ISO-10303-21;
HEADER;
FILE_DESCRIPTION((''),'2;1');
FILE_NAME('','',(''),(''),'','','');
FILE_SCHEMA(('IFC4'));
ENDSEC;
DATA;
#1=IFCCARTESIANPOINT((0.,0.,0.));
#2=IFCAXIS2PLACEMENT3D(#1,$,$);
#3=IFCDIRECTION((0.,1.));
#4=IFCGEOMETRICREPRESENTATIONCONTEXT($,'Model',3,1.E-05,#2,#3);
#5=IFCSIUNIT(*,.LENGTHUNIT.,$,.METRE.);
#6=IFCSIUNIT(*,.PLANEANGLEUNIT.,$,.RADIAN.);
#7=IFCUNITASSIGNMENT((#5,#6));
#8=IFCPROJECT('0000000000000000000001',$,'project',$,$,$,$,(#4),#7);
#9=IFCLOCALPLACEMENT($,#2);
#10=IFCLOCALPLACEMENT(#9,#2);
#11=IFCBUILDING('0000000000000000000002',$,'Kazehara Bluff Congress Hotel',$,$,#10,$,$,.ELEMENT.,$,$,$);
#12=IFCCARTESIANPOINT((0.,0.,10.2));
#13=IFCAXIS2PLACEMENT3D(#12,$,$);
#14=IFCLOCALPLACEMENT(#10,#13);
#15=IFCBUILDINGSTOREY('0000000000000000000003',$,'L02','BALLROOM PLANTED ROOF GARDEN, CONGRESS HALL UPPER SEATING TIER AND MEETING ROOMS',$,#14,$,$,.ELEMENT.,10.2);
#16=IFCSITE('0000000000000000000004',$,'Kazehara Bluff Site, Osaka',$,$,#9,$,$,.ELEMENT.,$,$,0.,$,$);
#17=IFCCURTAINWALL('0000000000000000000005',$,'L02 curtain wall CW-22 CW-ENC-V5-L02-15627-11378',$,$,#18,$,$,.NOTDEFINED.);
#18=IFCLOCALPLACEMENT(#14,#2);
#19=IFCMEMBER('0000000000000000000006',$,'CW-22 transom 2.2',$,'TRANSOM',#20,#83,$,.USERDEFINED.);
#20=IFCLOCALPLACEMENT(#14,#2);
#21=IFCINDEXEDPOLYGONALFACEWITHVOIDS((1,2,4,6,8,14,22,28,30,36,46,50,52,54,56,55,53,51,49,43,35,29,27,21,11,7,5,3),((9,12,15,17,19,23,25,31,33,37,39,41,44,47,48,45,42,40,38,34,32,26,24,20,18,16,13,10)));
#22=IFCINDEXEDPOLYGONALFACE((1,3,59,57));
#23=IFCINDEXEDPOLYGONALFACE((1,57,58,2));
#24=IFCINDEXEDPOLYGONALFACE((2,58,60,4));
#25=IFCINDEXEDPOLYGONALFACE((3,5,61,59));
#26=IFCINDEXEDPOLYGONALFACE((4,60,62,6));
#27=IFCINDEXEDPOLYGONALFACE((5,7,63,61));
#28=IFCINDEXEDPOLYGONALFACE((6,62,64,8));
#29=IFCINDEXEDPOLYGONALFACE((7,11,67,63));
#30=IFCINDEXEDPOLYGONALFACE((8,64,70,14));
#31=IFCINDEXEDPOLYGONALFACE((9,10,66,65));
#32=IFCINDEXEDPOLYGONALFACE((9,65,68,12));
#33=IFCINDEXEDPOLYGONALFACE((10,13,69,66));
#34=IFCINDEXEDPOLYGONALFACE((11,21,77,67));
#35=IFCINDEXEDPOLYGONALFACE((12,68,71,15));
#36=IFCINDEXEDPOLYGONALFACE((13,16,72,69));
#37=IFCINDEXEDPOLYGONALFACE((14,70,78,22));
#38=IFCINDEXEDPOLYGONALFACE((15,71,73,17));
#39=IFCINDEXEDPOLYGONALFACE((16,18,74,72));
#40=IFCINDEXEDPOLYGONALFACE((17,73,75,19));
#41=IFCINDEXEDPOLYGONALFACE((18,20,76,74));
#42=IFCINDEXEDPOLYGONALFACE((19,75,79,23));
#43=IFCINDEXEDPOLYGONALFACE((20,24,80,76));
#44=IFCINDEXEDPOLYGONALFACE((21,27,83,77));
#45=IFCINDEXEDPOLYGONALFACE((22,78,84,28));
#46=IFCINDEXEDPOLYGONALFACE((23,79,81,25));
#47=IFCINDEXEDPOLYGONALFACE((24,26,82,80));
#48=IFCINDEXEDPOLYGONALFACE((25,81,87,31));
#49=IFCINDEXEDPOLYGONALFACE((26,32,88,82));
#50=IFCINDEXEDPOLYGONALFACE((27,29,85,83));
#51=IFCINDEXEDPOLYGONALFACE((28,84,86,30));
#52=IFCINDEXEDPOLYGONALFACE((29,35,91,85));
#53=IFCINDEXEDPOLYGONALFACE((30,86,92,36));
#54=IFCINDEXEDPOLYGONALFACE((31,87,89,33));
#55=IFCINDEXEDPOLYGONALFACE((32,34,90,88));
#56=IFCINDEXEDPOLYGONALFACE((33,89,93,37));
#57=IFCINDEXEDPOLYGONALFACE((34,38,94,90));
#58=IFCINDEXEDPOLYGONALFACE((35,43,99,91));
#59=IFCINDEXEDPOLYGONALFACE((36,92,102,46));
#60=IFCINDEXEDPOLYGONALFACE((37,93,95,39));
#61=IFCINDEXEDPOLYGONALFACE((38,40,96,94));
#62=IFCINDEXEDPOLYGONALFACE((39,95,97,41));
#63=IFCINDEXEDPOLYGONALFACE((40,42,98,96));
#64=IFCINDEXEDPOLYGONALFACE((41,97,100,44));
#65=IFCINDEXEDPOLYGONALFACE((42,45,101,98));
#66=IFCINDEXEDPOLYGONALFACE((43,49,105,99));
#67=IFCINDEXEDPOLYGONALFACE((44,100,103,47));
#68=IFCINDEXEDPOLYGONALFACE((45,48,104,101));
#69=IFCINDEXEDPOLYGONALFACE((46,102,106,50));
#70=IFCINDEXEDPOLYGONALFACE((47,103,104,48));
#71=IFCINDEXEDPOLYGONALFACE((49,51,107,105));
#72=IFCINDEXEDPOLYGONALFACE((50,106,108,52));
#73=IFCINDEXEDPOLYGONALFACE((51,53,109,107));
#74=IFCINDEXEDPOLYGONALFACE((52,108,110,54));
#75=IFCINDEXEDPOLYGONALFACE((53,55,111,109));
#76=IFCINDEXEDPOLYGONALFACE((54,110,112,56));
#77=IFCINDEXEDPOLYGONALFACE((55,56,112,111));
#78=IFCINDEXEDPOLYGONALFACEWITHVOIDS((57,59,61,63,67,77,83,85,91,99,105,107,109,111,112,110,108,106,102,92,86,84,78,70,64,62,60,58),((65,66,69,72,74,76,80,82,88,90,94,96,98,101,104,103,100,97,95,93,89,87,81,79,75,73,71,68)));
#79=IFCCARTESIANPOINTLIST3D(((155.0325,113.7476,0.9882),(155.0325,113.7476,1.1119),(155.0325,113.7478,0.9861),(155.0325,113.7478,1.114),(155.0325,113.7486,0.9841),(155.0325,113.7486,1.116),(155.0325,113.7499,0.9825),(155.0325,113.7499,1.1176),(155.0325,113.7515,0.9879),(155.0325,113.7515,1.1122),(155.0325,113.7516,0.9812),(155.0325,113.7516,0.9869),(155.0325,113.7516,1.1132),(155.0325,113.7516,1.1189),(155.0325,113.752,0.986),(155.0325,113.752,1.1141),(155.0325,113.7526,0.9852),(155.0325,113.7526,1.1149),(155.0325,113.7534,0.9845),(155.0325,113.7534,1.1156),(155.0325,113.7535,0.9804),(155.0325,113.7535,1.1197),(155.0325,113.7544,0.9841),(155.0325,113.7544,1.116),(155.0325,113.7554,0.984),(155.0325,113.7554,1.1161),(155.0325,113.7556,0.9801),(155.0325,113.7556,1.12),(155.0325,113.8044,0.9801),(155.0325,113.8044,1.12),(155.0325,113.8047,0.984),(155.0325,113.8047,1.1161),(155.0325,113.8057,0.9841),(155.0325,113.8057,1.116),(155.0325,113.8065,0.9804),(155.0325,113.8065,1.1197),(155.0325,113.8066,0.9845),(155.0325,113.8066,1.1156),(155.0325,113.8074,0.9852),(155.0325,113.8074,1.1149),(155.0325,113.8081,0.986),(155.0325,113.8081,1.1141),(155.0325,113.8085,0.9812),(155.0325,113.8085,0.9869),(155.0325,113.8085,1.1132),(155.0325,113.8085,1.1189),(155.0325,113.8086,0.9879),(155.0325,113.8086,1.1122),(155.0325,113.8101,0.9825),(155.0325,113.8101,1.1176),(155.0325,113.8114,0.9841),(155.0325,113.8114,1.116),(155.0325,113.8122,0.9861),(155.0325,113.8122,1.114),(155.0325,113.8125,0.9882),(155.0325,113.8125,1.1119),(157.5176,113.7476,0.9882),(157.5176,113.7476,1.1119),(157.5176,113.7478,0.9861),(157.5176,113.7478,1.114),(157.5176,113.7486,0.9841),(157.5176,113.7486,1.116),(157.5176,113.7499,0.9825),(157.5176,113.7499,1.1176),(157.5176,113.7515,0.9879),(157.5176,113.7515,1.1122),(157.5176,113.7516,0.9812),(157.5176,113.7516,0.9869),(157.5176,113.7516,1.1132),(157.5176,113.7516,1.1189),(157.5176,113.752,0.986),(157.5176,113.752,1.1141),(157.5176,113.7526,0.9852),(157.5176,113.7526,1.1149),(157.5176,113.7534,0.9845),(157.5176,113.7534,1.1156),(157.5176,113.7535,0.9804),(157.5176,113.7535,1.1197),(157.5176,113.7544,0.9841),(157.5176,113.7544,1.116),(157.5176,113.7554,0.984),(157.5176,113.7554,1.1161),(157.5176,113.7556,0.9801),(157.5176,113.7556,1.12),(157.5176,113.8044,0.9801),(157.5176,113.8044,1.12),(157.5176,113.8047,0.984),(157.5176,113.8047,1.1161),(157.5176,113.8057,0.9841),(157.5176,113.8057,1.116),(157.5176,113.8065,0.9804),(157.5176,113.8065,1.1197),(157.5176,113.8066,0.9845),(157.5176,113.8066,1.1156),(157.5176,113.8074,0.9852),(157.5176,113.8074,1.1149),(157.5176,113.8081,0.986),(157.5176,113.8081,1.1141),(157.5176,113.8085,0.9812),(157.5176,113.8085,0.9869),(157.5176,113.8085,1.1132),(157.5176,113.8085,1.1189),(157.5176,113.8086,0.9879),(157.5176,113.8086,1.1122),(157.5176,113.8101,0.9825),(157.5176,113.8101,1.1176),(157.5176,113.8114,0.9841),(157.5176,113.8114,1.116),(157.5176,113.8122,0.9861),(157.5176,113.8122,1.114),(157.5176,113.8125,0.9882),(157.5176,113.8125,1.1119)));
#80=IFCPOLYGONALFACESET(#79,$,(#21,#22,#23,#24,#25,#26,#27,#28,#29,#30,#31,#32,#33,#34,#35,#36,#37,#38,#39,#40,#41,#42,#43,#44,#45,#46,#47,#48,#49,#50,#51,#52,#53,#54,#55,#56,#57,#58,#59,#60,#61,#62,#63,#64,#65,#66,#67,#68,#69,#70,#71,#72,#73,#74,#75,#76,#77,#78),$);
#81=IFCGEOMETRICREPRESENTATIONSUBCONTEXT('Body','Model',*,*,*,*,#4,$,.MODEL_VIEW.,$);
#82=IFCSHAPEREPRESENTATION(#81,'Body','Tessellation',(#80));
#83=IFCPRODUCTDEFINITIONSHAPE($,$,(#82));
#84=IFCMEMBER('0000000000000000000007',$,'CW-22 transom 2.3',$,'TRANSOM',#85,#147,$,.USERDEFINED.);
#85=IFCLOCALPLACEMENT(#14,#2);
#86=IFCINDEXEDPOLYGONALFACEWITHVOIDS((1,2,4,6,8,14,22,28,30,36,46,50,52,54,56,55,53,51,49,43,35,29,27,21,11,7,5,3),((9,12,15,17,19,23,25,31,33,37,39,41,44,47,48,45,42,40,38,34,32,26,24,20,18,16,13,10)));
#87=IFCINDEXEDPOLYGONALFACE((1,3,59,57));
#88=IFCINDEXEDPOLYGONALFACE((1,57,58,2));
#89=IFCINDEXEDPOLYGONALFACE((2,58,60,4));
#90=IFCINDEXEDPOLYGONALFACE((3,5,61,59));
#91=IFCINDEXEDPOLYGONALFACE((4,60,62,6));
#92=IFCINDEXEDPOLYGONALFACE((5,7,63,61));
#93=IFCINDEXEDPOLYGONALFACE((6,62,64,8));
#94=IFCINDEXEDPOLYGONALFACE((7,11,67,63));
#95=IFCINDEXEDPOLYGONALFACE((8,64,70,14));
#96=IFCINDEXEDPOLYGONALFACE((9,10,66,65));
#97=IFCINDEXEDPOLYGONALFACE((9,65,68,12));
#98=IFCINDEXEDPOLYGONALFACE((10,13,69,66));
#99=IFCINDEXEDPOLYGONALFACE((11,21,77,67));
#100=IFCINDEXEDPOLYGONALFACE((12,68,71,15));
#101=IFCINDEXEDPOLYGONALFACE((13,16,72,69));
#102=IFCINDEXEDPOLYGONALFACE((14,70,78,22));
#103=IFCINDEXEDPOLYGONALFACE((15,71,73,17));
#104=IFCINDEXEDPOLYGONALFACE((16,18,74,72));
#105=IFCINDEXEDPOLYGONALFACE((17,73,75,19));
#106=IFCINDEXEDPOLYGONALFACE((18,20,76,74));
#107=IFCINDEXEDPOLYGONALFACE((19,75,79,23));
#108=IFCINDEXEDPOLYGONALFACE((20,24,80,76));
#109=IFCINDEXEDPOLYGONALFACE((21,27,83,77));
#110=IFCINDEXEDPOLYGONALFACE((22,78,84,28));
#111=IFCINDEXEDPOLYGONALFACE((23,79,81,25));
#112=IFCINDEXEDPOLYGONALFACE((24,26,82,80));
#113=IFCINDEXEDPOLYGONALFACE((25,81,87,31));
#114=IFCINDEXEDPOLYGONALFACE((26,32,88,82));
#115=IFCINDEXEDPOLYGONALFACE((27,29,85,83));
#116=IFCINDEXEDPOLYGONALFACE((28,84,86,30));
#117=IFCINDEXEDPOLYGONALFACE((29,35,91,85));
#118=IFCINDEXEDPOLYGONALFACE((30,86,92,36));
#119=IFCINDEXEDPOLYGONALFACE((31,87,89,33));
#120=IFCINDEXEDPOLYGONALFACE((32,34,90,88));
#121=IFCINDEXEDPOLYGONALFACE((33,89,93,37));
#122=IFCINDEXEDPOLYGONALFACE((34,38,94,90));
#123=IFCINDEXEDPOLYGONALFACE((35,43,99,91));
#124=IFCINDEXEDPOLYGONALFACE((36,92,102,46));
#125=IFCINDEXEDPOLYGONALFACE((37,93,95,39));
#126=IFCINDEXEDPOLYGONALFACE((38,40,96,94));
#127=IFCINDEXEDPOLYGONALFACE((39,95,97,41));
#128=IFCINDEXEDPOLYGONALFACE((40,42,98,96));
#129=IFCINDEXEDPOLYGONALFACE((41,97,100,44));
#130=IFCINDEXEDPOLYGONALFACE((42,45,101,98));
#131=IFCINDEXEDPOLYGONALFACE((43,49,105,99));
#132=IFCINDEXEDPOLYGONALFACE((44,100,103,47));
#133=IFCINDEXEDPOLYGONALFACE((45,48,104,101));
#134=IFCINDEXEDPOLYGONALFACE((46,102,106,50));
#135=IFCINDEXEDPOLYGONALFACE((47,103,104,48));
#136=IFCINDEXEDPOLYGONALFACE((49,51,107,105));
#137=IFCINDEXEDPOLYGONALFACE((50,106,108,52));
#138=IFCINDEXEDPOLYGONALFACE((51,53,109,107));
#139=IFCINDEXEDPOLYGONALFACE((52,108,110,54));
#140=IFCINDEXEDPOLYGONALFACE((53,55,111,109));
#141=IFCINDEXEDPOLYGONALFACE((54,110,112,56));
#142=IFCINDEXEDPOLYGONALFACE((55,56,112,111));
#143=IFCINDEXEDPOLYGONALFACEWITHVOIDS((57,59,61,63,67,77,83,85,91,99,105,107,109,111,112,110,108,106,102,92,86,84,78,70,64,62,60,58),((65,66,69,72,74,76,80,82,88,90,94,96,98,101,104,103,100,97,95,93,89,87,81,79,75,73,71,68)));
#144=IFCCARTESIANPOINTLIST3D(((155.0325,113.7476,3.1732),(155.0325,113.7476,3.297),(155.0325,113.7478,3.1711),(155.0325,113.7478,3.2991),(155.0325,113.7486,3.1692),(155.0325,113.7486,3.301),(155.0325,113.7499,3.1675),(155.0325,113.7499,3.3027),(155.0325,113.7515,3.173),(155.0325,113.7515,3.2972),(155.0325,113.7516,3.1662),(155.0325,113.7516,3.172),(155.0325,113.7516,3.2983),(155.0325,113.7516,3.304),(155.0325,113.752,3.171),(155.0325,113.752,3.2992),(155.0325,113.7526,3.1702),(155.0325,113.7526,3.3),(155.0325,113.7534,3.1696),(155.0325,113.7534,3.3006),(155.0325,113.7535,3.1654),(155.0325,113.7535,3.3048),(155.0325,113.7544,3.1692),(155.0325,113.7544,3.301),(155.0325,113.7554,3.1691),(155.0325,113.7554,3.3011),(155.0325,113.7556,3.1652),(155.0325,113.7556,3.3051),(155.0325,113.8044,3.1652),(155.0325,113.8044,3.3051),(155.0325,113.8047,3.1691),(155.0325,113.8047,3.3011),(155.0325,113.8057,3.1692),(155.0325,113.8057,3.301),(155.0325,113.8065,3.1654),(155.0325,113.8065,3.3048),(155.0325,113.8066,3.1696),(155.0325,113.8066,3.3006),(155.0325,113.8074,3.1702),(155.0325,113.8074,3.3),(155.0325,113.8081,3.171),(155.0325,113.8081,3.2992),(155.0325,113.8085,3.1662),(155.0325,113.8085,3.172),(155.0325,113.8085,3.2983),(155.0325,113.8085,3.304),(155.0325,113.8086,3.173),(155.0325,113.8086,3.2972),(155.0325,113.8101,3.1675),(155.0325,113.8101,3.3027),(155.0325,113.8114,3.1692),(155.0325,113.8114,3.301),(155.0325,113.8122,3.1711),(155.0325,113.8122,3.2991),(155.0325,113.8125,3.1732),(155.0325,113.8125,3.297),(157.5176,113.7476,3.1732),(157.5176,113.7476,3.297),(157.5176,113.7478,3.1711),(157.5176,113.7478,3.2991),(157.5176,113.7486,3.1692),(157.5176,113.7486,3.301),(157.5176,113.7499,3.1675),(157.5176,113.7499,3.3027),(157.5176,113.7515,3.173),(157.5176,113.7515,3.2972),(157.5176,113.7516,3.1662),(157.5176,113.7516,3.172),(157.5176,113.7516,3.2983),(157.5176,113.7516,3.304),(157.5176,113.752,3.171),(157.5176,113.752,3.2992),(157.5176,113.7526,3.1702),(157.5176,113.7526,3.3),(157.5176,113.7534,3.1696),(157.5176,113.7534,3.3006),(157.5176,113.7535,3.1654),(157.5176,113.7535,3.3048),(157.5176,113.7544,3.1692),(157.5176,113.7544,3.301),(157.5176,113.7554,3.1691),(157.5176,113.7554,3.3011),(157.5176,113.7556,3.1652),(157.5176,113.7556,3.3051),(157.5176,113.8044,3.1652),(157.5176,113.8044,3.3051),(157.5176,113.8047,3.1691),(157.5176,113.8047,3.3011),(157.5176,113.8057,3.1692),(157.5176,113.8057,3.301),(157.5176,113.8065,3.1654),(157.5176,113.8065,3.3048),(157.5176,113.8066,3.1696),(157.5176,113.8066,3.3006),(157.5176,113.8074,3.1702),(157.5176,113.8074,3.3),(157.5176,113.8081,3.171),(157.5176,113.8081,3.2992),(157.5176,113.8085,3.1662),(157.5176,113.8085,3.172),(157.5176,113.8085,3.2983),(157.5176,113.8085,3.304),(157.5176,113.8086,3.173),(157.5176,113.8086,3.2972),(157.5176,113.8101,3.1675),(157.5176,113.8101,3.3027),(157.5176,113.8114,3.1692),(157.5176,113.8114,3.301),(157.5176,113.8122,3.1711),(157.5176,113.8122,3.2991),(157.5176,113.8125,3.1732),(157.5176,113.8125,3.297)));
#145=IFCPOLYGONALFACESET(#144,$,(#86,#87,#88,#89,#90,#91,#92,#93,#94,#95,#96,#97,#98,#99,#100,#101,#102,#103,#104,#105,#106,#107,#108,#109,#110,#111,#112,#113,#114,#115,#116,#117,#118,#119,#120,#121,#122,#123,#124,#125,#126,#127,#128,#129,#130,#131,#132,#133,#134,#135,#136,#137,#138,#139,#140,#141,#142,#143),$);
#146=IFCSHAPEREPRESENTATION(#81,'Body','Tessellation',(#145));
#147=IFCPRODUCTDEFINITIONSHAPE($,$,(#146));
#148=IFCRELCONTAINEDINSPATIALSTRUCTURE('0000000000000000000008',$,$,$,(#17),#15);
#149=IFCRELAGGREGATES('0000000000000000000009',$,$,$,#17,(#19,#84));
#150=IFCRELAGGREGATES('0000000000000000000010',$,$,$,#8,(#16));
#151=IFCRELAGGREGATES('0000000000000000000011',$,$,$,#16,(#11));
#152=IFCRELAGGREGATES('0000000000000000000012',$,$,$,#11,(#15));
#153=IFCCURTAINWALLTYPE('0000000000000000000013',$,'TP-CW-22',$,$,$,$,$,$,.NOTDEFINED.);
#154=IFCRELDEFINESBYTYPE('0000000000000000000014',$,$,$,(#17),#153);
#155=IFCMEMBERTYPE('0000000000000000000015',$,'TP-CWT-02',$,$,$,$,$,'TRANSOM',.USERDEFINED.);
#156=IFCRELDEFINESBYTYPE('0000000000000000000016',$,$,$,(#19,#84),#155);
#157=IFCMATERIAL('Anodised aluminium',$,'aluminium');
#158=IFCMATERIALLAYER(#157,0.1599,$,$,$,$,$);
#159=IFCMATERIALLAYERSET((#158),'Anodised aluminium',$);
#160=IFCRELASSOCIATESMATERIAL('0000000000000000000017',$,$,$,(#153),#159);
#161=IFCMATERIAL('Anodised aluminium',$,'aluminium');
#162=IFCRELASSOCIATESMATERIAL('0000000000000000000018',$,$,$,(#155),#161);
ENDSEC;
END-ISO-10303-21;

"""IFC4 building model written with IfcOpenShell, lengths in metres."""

from ifc_helpers import new_model, si_unit, direction, frame, origin, origin_2d, place, context, subcontext, project, spatial, hollow_rectangle, extrude, material, layer, layer_set, material_profile, profile_set, type_object, element, aggregate, save


model = new_model("IFC4")

# Units and contexts
model_context = context("Model", 3, precision=1e-05, world=origin(), true_north=direction((0.0, 1.0)))
body_context = subcontext(model_context, "Body", "Model", "MODEL_VIEW")
ifc_project = project(units=[si_unit("LENGTHUNIT", "METRE"), si_unit("PLANEANGLEUNIT", "RADIAN")], contexts=[model_context])

# Site, building, storey
site_placement = place(None, origin())
site = spatial("IfcSite", under=ifc_project, at=site_placement, Name="Kazehara Bluff Site, Osaka", CompositionType="ELEMENT", RefElevation=0.0)
building_placement = place(site_placement, origin())
building = spatial("IfcBuilding", under=site, at=building_placement, Name="Kazehara Bluff Congress Hotel", CompositionType="ELEMENT")
storey_placement = place(building_placement, frame((0.0, 0.0, 10.2)))
storey = spatial("IfcBuildingStorey", under=building, at=storey_placement, Name="L02", Description="BALLROOM PLANTED ROOF GARDEN, CONGRESS HALL UPPER SEATING TIER AND MEETING ROOMS", CompositionType="ELEMENT", Elevation=10.2)

# Curtain wall
ifc_material_1 = material(Name="Anodised aluminium", Category="aluminium")
ifc_layer_1 = layer(ifc_material_1, 0.1599)
ifc_layer_set_1 = layer_set([ifc_layer_1], Name="Anodised aluminium")
curtain_wall_type = type_object("IfcCurtainWallType", Name="TP-CW-22", PredefinedType="NOTDEFINED", material=ifc_layer_set_1)
curtain_wall_1_placement = place(storey_placement, origin())
curtain_wall_1 = element("IfcCurtainWall", 1, at=curtain_wall_1_placement, inside=storey, type_object=curtain_wall_type, Name="L02 curtain wall CW-22 CW-ENC-V5-L02-15627-11378", PredefinedType="NOTDEFINED")

# Members
ifc_material_2 = material(Name="Anodised aluminium", Category="aluminium")
ifc_material_profile_1 = material_profile(ifc_material_2, hollow_rectangle(XDim=0.0649, YDim=0.1399, WallThickness=0.0039, InnerFilletRadius=0.0039, OuterFilletRadius=0.0081, at=origin_2d()))
ifc_profile_set_1 = profile_set([ifc_material_profile_1], Name="Anodised aluminium")
member_type_1 = type_object("IfcMemberType", Name="TP-CWT-02", ElementType="TRANSOM", PredefinedType="USERDEFINED", material=ifc_profile_set_1)
member_1_placement = place(storey_placement, frame((155.0325, 113.78, 1.05), z_axis=(1.0, 0.0, 0.0), x_axis=(0.0, 1.0, 0.0)))
member_1 = element("IfcMember", 2, at=member_1_placement, type_object=member_type_1, Name="CW-22 transom 2.2", ObjectType="TRANSOM", PredefinedType="USERDEFINED", context=body_context, shape_type="SweptSolid", body=[
    extrude(hollow_rectangle(XDim=0.0649, YDim=0.1399, WallThickness=0.0039, InnerFilletRadius=0.0039, OuterFilletRadius=0.0081, at=origin_2d()), origin(), (0.0, 0.0, 1.0), 2.4851),
])
member_2_placement = place(storey_placement, frame((155.0325, 113.78, 3.2351), z_axis=(1.0, 0.0, 0.0), x_axis=(0.0, 1.0, 0.0)))
member_2 = element("IfcMember", 3, at=member_2_placement, type_object=member_type_1, Name="CW-22 transom 2.3", ObjectType="TRANSOM", PredefinedType="USERDEFINED", context=body_context, shape_type="SweptSolid", body=[
    extrude(hollow_rectangle(XDim=0.0649, YDim=0.1399, WallThickness=0.0039, InnerFilletRadius=0.0039, OuterFilletRadius=0.0081, at=origin_2d()), origin(), (0.0, 0.0, 1.0), 2.4851),
])

aggregate(curtain_wall_1, [member_1, member_2])

save(model, "model.ifc")
